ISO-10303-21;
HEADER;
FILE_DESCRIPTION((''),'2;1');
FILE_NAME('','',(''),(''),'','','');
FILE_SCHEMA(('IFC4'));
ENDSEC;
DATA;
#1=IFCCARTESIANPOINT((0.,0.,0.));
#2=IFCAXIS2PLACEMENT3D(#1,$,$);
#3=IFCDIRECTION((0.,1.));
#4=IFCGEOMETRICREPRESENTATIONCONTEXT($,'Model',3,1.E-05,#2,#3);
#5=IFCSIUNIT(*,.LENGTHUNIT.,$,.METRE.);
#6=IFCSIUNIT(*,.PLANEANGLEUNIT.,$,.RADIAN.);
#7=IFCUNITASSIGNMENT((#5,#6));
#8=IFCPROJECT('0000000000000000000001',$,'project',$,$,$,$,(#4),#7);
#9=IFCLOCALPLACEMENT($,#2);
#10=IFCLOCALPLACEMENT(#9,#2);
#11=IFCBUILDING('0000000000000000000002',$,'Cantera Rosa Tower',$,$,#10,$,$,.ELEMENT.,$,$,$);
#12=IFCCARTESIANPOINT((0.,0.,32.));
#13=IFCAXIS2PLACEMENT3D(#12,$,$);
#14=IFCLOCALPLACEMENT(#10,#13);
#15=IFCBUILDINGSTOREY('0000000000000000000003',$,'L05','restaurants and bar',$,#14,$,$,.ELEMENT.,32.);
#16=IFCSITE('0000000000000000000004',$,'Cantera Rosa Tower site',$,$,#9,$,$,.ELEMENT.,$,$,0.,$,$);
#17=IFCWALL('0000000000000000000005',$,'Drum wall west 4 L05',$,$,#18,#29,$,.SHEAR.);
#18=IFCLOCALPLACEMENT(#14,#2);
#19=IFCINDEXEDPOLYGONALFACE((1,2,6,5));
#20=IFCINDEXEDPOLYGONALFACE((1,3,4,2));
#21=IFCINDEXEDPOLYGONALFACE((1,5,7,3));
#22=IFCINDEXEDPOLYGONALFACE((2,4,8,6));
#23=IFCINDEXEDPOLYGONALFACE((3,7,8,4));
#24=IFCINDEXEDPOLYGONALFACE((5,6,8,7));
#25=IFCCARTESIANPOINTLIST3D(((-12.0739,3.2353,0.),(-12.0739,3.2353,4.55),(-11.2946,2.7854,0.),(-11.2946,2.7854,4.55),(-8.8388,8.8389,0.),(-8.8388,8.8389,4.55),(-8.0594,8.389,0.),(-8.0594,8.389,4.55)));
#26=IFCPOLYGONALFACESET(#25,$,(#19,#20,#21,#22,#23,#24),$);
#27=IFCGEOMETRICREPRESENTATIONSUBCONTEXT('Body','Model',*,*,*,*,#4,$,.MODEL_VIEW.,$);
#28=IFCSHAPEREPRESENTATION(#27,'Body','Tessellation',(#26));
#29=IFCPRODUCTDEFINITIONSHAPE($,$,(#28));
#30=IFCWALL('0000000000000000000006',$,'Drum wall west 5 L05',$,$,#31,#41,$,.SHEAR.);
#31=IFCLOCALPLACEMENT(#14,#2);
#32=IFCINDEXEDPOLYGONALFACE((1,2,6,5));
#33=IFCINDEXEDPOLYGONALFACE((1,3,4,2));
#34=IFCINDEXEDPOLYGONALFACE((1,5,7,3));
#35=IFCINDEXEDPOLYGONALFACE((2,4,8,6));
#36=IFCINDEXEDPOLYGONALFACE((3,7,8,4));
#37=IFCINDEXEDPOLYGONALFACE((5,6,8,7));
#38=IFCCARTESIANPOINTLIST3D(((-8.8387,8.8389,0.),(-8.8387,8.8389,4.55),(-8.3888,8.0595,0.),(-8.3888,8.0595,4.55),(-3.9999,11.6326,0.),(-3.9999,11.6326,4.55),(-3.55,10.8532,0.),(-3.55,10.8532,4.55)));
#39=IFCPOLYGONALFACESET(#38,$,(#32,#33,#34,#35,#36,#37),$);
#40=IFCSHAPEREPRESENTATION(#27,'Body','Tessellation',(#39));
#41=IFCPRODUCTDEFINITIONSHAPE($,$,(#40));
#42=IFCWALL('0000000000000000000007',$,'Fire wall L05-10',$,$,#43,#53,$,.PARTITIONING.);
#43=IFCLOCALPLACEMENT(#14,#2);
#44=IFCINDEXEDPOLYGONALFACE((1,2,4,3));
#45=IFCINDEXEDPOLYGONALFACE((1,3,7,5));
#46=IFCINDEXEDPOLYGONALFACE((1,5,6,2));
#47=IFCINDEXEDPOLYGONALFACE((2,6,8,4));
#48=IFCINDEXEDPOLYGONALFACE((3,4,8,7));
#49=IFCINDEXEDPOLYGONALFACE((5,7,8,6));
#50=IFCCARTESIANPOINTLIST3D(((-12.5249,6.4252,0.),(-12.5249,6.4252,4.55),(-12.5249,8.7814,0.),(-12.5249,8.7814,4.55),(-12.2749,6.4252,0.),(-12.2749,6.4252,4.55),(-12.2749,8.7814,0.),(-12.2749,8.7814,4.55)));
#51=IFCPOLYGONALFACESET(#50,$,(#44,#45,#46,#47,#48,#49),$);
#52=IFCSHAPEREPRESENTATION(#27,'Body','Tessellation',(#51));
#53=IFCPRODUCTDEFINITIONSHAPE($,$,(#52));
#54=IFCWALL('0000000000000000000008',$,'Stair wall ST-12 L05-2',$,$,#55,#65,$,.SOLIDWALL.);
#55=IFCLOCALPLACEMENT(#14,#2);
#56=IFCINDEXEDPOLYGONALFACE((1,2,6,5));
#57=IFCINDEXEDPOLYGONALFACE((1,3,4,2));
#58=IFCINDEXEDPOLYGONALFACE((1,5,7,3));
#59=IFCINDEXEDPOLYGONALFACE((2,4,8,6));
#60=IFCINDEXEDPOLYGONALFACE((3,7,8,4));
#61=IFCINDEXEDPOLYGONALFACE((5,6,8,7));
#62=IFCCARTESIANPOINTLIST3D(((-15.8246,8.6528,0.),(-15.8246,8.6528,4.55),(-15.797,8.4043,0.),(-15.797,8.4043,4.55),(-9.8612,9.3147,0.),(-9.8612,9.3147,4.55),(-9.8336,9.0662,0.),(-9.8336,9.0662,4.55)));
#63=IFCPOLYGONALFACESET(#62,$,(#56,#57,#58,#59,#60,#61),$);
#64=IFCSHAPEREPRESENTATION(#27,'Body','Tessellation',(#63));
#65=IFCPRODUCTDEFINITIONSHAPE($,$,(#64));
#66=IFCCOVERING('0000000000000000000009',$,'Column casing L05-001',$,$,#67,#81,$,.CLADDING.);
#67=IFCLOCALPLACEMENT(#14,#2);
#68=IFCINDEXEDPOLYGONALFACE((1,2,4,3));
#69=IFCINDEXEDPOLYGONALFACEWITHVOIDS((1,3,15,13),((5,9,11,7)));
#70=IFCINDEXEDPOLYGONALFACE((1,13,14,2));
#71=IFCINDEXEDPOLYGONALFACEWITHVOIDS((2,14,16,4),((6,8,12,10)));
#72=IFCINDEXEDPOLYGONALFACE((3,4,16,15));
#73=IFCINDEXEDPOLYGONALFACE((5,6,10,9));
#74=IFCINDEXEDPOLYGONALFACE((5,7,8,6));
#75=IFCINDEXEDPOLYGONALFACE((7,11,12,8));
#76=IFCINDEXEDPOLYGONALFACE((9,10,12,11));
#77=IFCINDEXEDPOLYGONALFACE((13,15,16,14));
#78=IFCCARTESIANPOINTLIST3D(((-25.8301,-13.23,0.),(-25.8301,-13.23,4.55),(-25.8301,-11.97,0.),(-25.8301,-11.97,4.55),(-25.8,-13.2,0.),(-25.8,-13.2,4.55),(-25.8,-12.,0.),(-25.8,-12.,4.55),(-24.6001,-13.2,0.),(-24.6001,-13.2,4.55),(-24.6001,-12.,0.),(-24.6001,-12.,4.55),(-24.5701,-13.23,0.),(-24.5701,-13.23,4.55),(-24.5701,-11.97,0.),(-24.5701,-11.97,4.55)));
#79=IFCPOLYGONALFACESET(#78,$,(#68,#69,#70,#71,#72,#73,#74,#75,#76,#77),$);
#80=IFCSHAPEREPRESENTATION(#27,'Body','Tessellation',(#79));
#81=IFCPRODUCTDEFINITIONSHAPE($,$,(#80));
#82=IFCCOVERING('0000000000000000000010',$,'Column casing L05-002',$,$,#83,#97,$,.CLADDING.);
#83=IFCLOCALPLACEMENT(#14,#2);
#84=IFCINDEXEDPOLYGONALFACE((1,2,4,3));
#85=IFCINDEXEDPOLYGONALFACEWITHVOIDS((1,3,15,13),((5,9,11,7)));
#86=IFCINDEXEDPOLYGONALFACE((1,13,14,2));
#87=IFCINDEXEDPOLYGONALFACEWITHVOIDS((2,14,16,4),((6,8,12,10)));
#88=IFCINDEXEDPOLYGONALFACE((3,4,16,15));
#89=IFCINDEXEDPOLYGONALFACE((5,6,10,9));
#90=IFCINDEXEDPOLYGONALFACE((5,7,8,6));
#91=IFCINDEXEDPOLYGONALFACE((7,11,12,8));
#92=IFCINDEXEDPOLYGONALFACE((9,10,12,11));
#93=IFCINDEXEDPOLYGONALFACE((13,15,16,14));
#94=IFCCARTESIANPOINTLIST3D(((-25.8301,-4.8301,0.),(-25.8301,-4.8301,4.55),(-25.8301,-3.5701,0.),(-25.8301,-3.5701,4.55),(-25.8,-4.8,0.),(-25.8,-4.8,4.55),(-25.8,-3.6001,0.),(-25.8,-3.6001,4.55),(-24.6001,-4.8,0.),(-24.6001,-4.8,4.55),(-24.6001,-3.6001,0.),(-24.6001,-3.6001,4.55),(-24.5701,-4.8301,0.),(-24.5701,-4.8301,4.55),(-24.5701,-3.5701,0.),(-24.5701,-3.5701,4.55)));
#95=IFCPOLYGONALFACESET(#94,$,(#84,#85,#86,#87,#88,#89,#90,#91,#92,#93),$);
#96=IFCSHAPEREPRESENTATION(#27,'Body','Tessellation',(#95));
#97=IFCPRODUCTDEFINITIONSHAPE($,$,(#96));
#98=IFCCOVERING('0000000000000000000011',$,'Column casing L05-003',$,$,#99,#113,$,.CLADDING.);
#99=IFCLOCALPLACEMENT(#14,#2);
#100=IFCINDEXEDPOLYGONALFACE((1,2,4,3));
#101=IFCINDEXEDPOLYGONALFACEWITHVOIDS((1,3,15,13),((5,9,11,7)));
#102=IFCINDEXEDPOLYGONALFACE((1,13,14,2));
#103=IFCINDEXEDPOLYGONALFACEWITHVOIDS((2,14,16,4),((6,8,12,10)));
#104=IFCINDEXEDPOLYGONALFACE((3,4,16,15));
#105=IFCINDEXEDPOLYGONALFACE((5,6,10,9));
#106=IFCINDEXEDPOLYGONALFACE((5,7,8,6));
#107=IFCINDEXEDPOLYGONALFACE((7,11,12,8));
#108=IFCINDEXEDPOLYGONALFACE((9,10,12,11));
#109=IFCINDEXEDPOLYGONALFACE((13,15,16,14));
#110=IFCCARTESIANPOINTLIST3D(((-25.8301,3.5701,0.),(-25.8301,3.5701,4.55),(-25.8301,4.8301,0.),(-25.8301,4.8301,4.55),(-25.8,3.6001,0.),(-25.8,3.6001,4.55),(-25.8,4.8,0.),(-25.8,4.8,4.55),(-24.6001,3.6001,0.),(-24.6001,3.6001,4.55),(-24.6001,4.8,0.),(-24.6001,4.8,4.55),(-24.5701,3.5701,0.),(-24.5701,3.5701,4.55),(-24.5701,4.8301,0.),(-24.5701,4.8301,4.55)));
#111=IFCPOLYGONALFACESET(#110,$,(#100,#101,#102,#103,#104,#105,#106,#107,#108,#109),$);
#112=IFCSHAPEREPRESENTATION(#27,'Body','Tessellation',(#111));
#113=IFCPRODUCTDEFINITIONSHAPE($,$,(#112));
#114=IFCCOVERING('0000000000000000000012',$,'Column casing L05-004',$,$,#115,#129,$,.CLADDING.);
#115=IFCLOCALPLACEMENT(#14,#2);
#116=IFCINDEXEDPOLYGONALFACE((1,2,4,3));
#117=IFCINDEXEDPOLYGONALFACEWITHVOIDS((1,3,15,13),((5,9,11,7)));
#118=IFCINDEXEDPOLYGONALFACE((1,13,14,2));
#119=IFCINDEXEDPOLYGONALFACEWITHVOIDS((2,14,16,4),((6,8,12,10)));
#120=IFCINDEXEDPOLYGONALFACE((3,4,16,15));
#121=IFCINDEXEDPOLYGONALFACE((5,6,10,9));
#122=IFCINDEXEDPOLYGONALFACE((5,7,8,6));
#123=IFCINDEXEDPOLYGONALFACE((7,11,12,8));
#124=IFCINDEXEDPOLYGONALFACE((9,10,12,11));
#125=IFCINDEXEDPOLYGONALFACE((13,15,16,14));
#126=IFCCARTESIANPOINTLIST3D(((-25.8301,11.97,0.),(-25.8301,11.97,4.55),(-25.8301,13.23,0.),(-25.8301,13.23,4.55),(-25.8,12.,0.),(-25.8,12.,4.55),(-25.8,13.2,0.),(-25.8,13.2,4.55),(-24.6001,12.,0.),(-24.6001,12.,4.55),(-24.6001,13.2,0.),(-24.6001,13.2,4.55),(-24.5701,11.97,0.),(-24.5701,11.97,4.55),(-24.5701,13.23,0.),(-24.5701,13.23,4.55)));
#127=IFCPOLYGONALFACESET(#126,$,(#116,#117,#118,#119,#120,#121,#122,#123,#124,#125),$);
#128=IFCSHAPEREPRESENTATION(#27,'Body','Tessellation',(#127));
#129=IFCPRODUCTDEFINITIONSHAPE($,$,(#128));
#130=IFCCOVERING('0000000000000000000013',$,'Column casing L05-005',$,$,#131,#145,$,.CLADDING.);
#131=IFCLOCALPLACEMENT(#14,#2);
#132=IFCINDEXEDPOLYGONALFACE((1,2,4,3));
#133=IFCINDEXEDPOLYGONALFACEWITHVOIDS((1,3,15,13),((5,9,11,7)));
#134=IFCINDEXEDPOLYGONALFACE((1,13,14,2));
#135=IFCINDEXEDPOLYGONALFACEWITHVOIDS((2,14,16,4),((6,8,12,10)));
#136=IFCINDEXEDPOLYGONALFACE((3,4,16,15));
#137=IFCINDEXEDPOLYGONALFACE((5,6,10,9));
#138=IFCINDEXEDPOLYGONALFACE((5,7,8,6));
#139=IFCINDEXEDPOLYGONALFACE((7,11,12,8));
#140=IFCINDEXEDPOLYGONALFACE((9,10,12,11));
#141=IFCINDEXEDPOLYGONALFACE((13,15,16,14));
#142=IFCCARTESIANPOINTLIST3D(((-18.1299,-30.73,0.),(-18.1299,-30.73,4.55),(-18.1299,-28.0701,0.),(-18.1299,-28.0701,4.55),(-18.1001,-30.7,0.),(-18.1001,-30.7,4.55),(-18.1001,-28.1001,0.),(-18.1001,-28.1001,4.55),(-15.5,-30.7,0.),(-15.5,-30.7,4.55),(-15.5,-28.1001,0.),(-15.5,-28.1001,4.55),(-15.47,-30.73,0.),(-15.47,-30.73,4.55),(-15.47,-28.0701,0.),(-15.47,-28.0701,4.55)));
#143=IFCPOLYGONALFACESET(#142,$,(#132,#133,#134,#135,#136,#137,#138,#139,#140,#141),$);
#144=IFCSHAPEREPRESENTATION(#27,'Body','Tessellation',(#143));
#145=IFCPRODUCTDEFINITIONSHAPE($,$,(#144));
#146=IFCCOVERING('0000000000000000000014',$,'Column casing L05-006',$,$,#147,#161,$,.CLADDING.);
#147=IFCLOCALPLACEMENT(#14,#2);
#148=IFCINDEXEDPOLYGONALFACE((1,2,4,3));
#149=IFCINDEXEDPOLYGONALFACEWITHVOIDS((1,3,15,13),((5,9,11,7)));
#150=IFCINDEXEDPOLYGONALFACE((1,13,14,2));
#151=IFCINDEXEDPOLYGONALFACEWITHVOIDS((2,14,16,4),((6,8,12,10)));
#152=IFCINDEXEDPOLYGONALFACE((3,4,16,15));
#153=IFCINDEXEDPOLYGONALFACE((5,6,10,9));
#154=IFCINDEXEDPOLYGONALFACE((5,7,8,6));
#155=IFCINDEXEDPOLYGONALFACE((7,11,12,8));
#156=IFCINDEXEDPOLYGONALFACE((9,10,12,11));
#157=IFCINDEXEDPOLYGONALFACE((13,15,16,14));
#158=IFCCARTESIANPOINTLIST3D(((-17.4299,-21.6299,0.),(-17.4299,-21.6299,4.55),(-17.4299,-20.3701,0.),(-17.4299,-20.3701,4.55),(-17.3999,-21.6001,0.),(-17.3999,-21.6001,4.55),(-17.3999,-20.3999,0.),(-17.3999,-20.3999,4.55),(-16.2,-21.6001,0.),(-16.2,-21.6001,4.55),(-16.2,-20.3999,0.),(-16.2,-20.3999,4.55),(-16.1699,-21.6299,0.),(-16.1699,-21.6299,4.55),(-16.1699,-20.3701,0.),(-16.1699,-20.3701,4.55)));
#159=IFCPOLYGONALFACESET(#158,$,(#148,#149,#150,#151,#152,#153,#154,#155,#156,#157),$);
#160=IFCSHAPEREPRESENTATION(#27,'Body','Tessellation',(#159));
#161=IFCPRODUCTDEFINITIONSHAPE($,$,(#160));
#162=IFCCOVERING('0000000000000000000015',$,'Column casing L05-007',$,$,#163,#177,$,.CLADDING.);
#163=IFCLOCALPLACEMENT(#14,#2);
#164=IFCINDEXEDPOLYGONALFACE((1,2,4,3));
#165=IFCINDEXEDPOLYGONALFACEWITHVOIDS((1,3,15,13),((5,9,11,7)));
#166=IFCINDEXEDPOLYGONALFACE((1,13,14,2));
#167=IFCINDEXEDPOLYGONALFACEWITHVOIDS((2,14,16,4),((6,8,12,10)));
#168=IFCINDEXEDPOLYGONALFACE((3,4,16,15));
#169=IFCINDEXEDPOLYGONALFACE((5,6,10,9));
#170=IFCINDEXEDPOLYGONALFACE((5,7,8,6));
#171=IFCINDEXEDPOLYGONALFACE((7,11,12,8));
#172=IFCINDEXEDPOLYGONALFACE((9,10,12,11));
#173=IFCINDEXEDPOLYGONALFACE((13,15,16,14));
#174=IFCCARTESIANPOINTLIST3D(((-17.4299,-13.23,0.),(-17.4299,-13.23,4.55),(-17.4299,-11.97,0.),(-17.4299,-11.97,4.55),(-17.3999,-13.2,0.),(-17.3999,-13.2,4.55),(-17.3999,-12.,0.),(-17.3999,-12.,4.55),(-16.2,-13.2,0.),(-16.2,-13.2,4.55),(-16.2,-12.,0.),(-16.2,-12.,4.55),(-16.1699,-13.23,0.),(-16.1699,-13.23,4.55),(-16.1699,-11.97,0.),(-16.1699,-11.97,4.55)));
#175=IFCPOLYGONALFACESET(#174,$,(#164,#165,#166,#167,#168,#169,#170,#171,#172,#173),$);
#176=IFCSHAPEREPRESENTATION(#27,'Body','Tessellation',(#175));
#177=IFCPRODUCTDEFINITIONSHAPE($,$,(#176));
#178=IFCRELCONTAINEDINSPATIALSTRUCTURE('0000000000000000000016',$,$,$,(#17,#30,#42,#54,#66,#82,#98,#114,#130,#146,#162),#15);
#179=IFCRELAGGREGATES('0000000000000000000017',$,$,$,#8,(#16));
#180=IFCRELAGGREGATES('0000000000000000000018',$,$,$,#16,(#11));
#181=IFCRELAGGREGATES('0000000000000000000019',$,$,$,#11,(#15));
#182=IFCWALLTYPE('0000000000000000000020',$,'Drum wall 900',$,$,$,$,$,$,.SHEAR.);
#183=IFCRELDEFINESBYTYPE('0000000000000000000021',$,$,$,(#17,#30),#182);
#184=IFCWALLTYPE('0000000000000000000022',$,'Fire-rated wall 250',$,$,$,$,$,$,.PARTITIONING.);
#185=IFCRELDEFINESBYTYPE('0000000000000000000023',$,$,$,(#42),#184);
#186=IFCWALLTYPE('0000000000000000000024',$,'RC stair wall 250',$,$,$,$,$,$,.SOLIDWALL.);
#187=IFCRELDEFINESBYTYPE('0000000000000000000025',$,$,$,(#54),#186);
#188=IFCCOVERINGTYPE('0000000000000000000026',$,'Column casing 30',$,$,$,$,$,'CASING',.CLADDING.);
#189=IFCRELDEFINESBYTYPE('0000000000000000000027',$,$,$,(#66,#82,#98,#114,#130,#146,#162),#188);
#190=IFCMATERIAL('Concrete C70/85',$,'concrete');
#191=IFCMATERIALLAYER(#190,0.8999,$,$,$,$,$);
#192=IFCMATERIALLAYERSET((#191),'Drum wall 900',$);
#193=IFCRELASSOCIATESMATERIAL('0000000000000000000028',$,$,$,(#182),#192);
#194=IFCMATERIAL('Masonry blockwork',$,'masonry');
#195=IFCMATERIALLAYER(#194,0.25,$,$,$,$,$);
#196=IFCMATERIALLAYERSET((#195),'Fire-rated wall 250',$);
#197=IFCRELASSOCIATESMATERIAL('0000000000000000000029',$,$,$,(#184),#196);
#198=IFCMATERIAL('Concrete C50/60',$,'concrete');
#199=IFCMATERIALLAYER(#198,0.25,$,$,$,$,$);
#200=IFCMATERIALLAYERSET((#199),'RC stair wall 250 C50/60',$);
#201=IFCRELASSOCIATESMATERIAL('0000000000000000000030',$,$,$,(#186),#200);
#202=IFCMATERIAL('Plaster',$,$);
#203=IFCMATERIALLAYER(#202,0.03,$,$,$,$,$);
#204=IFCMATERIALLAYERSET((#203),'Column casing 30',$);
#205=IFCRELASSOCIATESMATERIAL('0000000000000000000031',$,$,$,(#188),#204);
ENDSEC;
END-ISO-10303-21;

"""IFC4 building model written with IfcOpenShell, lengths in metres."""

from ifc_helpers import new_model, si_unit, direction, frame, frame_2d, origin, place, context, subcontext, project, spatial, polyline, rectangle, outline, extrude, material, layer, layer_set, type_object, element, save


model = new_model("IFC4")

# Units and contexts
model_context = context("Model", 3, precision=1e-05, world=origin(), true_north=direction((0.0, 1.0)))
body_context = subcontext(model_context, "Body", "Model", "MODEL_VIEW")
ifc_project = project(units=[si_unit("LENGTHUNIT", "METRE"), si_unit("PLANEANGLEUNIT", "RADIAN")], contexts=[model_context])

# Site, building, storey
site_placement = place(None, origin())
site = spatial("IfcSite", under=ifc_project, at=site_placement, Name="Cantera Rosa Tower site", CompositionType="ELEMENT", RefElevation=0.0)
building_placement = place(site_placement, origin())
building = spatial("IfcBuilding", under=site, at=building_placement, Name="Cantera Rosa Tower", CompositionType="ELEMENT")
storey_placement = place(building_placement, frame((0.0, 0.0, 32.0)))
storey = spatial("IfcBuildingStorey", under=building, at=storey_placement, Name="L05", Description="restaurants and bar", CompositionType="ELEMENT", Elevation=32.0)

# Walls
ifc_material_1 = material(Name="Concrete C70/85", Category="concrete")
ifc_layer_1 = layer(ifc_material_1, 0.8999)
ifc_layer_set_1 = layer_set([ifc_layer_1], Name="Drum wall 900")
wall_type_1 = type_object("IfcWallType", Name="Drum wall 900", PredefinedType="SHEAR", material=ifc_layer_set_1)
wall_1_placement = place(storey_placement, frame((-11.6843, 3.0103, 0.0), z_axis=(0.0, 0.0, 1.0), x_axis=(0.49999, 0.866031, 0.0)))
element("IfcWall", 1, at=wall_1_placement, inside=storey, type_object=wall_type_1, Name="Drum wall west 4 L05", PredefinedType="SHEAR", context=body_context, shape_type="SweptSolid", body=[
    extrude(rectangle(XDim=6.4705, YDim=0.8999, at=frame_2d((3.2354, 0.0))), origin(), (0.0, 0.0, 1.0), 4.55),
])
wall_2_placement = place(storey_placement, frame((-8.6138, 8.4492, 0.0), z_axis=(0.0, 0.0, 1.0), x_axis=(0.866027, 0.499997, 0.0)))
element("IfcWall", 2, at=wall_2_placement, inside=storey, type_object=wall_type_1, Name="Drum wall west 5 L05", PredefinedType="SHEAR", context=body_context, shape_type="SweptSolid", body=[
    extrude(rectangle(XDim=5.5874, YDim=0.8999, at=frame_2d((2.7937, 0.0))), origin(), (0.0, 0.0, 1.0), 4.55),
])
ifc_material_2 = material(Name="Masonry blockwork", Category="masonry")
ifc_layer_2 = layer(ifc_material_2, 0.25)
ifc_layer_set_2 = layer_set([ifc_layer_2], Name="Fire-rated wall 250")
wall_type_2 = type_object("IfcWallType", Name="Fire-rated wall 250", PredefinedType="PARTITIONING", material=ifc_layer_set_2)
wall_3_placement = place(storey_placement, frame((-12.3999, 6.425, 0.0), z_axis=(0.0, 0.0, 1.0), x_axis=(0.0, 1.0, 0.0)))
element("IfcWall", 3, at=wall_3_placement, inside=storey, type_object=wall_type_2, Name="Fire wall L05-10", PredefinedType="PARTITIONING", context=body_context, shape_type="SweptSolid", body=[
    extrude(rectangle(XDim=2.3562, YDim=0.25, at=frame_2d((1.1782, 0.0))), origin(), (0.0, 0.0, 1.0), 4.55),
])
ifc_material_3 = material(Name="Concrete C50/60", Category="concrete")
ifc_layer_3 = layer(ifc_material_3, 0.25)
ifc_layer_set_3 = layer_set([ifc_layer_3], Name="RC stair wall 250 C50/60")
wall_type_3 = type_object("IfcWallType", Name="RC stair wall 250", PredefinedType="SOLIDWALL", material=ifc_layer_set_3)
wall_4_placement = place(storey_placement, frame((-9.8474, 9.1904, 0.0), z_axis=(0.0, 0.0, 1.0), x_axis=(-0.993897, -0.110311, 0.0)))
element("IfcWall", 4, at=wall_4_placement, inside=storey, type_object=wall_type_3, Name="Stair wall ST-12 L05-2", PredefinedType="SOLIDWALL", context=body_context, shape_type="SweptSolid", body=[
    extrude(rectangle(XDim=6.0, YDim=0.25, at=frame_2d((3.0, 0.0))), origin(), (0.0, 0.0, 1.0), 4.55),
])

# Coverings
ifc_material_4 = material(Name="Plaster")
ifc_layer_4 = layer(ifc_material_4, 0.03)
ifc_layer_set_4 = layer_set([ifc_layer_4], Name="Column casing 30")
covering_type = type_object("IfcCoveringType", Name="Column casing 30", ElementType="CASING", PredefinedType="CLADDING", material=ifc_layer_set_4)
covering_1_placement = place(storey_placement, origin())
element("IfcCovering", 5, at=covering_1_placement, inside=storey, type_object=covering_type, Name="Column casing L05-001", PredefinedType="CLADDING", context=body_context, shape_type="SweptSolid", body=[
    extrude(outline(polyline([(-25.8301, -13.23), (-24.5701, -13.23), (-24.5701, -11.97), (-25.8301, -11.97), (-25.8301, -13.23)]), holes=[polyline([(-24.6001, -12.0), (-25.8, -12.0), (-25.8, -13.2), (-24.6001, -13.2), (-24.6001, -12.0)])]), origin(), (0.0, 0.0, 1.0), 4.55),
])
covering_2_placement = place(storey_placement, origin())
element("IfcCovering", 6, at=covering_2_placement, inside=storey, type_object=covering_type, Name="Column casing L05-002", PredefinedType="CLADDING", context=body_context, shape_type="SweptSolid", body=[
    extrude(outline(polyline([(-25.8301, -4.8301), (-24.5701, -4.8301), (-24.5701, -3.5701), (-25.8301, -3.5701), (-25.8301, -4.8301)]), holes=[polyline([(-24.6001, -3.6001), (-25.8, -3.6001), (-25.8, -4.8), (-24.6001, -4.8), (-24.6001, -3.6001)])]), origin(), (0.0, 0.0, 1.0), 4.55),
])
covering_3_placement = place(storey_placement, origin())
element("IfcCovering", 7, at=covering_3_placement, inside=storey, type_object=covering_type, Name="Column casing L05-003", PredefinedType="CLADDING", context=body_context, shape_type="SweptSolid", body=[
    extrude(outline(polyline([(-25.8301, 3.5701), (-24.5701, 3.5701), (-24.5701, 4.8301), (-25.8301, 4.8301), (-25.8301, 3.5701)]), holes=[polyline([(-24.6001, 4.8), (-25.8, 4.8), (-25.8, 3.6001), (-24.6001, 3.6001), (-24.6001, 4.8)])]), origin(), (0.0, 0.0, 1.0), 4.55),
])
covering_4_placement = place(storey_placement, origin())
element("IfcCovering", 8, at=covering_4_placement, inside=storey, type_object=covering_type, Name="Column casing L05-004", PredefinedType="CLADDING", context=body_context, shape_type="SweptSolid", body=[
    extrude(outline(polyline([(-25.8301, 11.97), (-24.5701, 11.97), (-24.5701, 13.23), (-25.8301, 13.23), (-25.8301, 11.97)]), holes=[polyline([(-24.6001, 13.2), (-25.8, 13.2), (-25.8, 12.0), (-24.6001, 12.0), (-24.6001, 13.2)])]), origin(), (0.0, 0.0, 1.0), 4.55),
])
covering_5_placement = place(storey_placement, origin())
element("IfcCovering", 9, at=covering_5_placement, inside=storey, type_object=covering_type, Name="Column casing L05-005", PredefinedType="CLADDING", context=body_context, shape_type="SweptSolid", body=[
    extrude(outline(polyline([(-18.1299, -30.73), (-15.47, -30.73), (-15.47, -28.0701), (-18.1299, -28.0701), (-18.1299, -30.73)]), holes=[polyline([(-15.5, -28.1001), (-18.1001, -28.1001), (-18.1001, -30.7), (-15.5, -30.7), (-15.5, -28.1001)])]), origin(), (0.0, 0.0, 1.0), 4.55),
])
covering_6_placement = place(storey_placement, origin())
element("IfcCovering", 10, at=covering_6_placement, inside=storey, type_object=covering_type, Name="Column casing L05-006", PredefinedType="CLADDING", context=body_context, shape_type="SweptSolid", body=[
    extrude(outline(polyline([(-17.4299, -21.6299), (-16.1699, -21.6299), (-16.1699, -20.3701), (-17.4299, -20.3701), (-17.4299, -21.6299)]), holes=[polyline([(-16.2, -20.3999), (-17.3999, -20.3999), (-17.3999, -21.6001), (-16.2, -21.6001), (-16.2, -20.3999)])]), origin(), (0.0, 0.0, 1.0), 4.55),
])
covering_7_placement = place(storey_placement, origin())
element("IfcCovering", 11, at=covering_7_placement, inside=storey, type_object=covering_type, Name="Column casing L05-007", PredefinedType="CLADDING", context=body_context, shape_type="SweptSolid", body=[
    extrude(outline(polyline([(-17.4299, -13.23), (-16.1699, -13.23), (-16.1699, -11.97), (-17.4299, -11.97), (-17.4299, -13.23)]), holes=[polyline([(-16.2, -12.0), (-17.3999, -12.0), (-17.3999, -13.2), (-16.2, -13.2), (-16.2, -12.0)])]), origin(), (0.0, 0.0, 1.0), 4.55),
])

save(model, "model.ifc")
